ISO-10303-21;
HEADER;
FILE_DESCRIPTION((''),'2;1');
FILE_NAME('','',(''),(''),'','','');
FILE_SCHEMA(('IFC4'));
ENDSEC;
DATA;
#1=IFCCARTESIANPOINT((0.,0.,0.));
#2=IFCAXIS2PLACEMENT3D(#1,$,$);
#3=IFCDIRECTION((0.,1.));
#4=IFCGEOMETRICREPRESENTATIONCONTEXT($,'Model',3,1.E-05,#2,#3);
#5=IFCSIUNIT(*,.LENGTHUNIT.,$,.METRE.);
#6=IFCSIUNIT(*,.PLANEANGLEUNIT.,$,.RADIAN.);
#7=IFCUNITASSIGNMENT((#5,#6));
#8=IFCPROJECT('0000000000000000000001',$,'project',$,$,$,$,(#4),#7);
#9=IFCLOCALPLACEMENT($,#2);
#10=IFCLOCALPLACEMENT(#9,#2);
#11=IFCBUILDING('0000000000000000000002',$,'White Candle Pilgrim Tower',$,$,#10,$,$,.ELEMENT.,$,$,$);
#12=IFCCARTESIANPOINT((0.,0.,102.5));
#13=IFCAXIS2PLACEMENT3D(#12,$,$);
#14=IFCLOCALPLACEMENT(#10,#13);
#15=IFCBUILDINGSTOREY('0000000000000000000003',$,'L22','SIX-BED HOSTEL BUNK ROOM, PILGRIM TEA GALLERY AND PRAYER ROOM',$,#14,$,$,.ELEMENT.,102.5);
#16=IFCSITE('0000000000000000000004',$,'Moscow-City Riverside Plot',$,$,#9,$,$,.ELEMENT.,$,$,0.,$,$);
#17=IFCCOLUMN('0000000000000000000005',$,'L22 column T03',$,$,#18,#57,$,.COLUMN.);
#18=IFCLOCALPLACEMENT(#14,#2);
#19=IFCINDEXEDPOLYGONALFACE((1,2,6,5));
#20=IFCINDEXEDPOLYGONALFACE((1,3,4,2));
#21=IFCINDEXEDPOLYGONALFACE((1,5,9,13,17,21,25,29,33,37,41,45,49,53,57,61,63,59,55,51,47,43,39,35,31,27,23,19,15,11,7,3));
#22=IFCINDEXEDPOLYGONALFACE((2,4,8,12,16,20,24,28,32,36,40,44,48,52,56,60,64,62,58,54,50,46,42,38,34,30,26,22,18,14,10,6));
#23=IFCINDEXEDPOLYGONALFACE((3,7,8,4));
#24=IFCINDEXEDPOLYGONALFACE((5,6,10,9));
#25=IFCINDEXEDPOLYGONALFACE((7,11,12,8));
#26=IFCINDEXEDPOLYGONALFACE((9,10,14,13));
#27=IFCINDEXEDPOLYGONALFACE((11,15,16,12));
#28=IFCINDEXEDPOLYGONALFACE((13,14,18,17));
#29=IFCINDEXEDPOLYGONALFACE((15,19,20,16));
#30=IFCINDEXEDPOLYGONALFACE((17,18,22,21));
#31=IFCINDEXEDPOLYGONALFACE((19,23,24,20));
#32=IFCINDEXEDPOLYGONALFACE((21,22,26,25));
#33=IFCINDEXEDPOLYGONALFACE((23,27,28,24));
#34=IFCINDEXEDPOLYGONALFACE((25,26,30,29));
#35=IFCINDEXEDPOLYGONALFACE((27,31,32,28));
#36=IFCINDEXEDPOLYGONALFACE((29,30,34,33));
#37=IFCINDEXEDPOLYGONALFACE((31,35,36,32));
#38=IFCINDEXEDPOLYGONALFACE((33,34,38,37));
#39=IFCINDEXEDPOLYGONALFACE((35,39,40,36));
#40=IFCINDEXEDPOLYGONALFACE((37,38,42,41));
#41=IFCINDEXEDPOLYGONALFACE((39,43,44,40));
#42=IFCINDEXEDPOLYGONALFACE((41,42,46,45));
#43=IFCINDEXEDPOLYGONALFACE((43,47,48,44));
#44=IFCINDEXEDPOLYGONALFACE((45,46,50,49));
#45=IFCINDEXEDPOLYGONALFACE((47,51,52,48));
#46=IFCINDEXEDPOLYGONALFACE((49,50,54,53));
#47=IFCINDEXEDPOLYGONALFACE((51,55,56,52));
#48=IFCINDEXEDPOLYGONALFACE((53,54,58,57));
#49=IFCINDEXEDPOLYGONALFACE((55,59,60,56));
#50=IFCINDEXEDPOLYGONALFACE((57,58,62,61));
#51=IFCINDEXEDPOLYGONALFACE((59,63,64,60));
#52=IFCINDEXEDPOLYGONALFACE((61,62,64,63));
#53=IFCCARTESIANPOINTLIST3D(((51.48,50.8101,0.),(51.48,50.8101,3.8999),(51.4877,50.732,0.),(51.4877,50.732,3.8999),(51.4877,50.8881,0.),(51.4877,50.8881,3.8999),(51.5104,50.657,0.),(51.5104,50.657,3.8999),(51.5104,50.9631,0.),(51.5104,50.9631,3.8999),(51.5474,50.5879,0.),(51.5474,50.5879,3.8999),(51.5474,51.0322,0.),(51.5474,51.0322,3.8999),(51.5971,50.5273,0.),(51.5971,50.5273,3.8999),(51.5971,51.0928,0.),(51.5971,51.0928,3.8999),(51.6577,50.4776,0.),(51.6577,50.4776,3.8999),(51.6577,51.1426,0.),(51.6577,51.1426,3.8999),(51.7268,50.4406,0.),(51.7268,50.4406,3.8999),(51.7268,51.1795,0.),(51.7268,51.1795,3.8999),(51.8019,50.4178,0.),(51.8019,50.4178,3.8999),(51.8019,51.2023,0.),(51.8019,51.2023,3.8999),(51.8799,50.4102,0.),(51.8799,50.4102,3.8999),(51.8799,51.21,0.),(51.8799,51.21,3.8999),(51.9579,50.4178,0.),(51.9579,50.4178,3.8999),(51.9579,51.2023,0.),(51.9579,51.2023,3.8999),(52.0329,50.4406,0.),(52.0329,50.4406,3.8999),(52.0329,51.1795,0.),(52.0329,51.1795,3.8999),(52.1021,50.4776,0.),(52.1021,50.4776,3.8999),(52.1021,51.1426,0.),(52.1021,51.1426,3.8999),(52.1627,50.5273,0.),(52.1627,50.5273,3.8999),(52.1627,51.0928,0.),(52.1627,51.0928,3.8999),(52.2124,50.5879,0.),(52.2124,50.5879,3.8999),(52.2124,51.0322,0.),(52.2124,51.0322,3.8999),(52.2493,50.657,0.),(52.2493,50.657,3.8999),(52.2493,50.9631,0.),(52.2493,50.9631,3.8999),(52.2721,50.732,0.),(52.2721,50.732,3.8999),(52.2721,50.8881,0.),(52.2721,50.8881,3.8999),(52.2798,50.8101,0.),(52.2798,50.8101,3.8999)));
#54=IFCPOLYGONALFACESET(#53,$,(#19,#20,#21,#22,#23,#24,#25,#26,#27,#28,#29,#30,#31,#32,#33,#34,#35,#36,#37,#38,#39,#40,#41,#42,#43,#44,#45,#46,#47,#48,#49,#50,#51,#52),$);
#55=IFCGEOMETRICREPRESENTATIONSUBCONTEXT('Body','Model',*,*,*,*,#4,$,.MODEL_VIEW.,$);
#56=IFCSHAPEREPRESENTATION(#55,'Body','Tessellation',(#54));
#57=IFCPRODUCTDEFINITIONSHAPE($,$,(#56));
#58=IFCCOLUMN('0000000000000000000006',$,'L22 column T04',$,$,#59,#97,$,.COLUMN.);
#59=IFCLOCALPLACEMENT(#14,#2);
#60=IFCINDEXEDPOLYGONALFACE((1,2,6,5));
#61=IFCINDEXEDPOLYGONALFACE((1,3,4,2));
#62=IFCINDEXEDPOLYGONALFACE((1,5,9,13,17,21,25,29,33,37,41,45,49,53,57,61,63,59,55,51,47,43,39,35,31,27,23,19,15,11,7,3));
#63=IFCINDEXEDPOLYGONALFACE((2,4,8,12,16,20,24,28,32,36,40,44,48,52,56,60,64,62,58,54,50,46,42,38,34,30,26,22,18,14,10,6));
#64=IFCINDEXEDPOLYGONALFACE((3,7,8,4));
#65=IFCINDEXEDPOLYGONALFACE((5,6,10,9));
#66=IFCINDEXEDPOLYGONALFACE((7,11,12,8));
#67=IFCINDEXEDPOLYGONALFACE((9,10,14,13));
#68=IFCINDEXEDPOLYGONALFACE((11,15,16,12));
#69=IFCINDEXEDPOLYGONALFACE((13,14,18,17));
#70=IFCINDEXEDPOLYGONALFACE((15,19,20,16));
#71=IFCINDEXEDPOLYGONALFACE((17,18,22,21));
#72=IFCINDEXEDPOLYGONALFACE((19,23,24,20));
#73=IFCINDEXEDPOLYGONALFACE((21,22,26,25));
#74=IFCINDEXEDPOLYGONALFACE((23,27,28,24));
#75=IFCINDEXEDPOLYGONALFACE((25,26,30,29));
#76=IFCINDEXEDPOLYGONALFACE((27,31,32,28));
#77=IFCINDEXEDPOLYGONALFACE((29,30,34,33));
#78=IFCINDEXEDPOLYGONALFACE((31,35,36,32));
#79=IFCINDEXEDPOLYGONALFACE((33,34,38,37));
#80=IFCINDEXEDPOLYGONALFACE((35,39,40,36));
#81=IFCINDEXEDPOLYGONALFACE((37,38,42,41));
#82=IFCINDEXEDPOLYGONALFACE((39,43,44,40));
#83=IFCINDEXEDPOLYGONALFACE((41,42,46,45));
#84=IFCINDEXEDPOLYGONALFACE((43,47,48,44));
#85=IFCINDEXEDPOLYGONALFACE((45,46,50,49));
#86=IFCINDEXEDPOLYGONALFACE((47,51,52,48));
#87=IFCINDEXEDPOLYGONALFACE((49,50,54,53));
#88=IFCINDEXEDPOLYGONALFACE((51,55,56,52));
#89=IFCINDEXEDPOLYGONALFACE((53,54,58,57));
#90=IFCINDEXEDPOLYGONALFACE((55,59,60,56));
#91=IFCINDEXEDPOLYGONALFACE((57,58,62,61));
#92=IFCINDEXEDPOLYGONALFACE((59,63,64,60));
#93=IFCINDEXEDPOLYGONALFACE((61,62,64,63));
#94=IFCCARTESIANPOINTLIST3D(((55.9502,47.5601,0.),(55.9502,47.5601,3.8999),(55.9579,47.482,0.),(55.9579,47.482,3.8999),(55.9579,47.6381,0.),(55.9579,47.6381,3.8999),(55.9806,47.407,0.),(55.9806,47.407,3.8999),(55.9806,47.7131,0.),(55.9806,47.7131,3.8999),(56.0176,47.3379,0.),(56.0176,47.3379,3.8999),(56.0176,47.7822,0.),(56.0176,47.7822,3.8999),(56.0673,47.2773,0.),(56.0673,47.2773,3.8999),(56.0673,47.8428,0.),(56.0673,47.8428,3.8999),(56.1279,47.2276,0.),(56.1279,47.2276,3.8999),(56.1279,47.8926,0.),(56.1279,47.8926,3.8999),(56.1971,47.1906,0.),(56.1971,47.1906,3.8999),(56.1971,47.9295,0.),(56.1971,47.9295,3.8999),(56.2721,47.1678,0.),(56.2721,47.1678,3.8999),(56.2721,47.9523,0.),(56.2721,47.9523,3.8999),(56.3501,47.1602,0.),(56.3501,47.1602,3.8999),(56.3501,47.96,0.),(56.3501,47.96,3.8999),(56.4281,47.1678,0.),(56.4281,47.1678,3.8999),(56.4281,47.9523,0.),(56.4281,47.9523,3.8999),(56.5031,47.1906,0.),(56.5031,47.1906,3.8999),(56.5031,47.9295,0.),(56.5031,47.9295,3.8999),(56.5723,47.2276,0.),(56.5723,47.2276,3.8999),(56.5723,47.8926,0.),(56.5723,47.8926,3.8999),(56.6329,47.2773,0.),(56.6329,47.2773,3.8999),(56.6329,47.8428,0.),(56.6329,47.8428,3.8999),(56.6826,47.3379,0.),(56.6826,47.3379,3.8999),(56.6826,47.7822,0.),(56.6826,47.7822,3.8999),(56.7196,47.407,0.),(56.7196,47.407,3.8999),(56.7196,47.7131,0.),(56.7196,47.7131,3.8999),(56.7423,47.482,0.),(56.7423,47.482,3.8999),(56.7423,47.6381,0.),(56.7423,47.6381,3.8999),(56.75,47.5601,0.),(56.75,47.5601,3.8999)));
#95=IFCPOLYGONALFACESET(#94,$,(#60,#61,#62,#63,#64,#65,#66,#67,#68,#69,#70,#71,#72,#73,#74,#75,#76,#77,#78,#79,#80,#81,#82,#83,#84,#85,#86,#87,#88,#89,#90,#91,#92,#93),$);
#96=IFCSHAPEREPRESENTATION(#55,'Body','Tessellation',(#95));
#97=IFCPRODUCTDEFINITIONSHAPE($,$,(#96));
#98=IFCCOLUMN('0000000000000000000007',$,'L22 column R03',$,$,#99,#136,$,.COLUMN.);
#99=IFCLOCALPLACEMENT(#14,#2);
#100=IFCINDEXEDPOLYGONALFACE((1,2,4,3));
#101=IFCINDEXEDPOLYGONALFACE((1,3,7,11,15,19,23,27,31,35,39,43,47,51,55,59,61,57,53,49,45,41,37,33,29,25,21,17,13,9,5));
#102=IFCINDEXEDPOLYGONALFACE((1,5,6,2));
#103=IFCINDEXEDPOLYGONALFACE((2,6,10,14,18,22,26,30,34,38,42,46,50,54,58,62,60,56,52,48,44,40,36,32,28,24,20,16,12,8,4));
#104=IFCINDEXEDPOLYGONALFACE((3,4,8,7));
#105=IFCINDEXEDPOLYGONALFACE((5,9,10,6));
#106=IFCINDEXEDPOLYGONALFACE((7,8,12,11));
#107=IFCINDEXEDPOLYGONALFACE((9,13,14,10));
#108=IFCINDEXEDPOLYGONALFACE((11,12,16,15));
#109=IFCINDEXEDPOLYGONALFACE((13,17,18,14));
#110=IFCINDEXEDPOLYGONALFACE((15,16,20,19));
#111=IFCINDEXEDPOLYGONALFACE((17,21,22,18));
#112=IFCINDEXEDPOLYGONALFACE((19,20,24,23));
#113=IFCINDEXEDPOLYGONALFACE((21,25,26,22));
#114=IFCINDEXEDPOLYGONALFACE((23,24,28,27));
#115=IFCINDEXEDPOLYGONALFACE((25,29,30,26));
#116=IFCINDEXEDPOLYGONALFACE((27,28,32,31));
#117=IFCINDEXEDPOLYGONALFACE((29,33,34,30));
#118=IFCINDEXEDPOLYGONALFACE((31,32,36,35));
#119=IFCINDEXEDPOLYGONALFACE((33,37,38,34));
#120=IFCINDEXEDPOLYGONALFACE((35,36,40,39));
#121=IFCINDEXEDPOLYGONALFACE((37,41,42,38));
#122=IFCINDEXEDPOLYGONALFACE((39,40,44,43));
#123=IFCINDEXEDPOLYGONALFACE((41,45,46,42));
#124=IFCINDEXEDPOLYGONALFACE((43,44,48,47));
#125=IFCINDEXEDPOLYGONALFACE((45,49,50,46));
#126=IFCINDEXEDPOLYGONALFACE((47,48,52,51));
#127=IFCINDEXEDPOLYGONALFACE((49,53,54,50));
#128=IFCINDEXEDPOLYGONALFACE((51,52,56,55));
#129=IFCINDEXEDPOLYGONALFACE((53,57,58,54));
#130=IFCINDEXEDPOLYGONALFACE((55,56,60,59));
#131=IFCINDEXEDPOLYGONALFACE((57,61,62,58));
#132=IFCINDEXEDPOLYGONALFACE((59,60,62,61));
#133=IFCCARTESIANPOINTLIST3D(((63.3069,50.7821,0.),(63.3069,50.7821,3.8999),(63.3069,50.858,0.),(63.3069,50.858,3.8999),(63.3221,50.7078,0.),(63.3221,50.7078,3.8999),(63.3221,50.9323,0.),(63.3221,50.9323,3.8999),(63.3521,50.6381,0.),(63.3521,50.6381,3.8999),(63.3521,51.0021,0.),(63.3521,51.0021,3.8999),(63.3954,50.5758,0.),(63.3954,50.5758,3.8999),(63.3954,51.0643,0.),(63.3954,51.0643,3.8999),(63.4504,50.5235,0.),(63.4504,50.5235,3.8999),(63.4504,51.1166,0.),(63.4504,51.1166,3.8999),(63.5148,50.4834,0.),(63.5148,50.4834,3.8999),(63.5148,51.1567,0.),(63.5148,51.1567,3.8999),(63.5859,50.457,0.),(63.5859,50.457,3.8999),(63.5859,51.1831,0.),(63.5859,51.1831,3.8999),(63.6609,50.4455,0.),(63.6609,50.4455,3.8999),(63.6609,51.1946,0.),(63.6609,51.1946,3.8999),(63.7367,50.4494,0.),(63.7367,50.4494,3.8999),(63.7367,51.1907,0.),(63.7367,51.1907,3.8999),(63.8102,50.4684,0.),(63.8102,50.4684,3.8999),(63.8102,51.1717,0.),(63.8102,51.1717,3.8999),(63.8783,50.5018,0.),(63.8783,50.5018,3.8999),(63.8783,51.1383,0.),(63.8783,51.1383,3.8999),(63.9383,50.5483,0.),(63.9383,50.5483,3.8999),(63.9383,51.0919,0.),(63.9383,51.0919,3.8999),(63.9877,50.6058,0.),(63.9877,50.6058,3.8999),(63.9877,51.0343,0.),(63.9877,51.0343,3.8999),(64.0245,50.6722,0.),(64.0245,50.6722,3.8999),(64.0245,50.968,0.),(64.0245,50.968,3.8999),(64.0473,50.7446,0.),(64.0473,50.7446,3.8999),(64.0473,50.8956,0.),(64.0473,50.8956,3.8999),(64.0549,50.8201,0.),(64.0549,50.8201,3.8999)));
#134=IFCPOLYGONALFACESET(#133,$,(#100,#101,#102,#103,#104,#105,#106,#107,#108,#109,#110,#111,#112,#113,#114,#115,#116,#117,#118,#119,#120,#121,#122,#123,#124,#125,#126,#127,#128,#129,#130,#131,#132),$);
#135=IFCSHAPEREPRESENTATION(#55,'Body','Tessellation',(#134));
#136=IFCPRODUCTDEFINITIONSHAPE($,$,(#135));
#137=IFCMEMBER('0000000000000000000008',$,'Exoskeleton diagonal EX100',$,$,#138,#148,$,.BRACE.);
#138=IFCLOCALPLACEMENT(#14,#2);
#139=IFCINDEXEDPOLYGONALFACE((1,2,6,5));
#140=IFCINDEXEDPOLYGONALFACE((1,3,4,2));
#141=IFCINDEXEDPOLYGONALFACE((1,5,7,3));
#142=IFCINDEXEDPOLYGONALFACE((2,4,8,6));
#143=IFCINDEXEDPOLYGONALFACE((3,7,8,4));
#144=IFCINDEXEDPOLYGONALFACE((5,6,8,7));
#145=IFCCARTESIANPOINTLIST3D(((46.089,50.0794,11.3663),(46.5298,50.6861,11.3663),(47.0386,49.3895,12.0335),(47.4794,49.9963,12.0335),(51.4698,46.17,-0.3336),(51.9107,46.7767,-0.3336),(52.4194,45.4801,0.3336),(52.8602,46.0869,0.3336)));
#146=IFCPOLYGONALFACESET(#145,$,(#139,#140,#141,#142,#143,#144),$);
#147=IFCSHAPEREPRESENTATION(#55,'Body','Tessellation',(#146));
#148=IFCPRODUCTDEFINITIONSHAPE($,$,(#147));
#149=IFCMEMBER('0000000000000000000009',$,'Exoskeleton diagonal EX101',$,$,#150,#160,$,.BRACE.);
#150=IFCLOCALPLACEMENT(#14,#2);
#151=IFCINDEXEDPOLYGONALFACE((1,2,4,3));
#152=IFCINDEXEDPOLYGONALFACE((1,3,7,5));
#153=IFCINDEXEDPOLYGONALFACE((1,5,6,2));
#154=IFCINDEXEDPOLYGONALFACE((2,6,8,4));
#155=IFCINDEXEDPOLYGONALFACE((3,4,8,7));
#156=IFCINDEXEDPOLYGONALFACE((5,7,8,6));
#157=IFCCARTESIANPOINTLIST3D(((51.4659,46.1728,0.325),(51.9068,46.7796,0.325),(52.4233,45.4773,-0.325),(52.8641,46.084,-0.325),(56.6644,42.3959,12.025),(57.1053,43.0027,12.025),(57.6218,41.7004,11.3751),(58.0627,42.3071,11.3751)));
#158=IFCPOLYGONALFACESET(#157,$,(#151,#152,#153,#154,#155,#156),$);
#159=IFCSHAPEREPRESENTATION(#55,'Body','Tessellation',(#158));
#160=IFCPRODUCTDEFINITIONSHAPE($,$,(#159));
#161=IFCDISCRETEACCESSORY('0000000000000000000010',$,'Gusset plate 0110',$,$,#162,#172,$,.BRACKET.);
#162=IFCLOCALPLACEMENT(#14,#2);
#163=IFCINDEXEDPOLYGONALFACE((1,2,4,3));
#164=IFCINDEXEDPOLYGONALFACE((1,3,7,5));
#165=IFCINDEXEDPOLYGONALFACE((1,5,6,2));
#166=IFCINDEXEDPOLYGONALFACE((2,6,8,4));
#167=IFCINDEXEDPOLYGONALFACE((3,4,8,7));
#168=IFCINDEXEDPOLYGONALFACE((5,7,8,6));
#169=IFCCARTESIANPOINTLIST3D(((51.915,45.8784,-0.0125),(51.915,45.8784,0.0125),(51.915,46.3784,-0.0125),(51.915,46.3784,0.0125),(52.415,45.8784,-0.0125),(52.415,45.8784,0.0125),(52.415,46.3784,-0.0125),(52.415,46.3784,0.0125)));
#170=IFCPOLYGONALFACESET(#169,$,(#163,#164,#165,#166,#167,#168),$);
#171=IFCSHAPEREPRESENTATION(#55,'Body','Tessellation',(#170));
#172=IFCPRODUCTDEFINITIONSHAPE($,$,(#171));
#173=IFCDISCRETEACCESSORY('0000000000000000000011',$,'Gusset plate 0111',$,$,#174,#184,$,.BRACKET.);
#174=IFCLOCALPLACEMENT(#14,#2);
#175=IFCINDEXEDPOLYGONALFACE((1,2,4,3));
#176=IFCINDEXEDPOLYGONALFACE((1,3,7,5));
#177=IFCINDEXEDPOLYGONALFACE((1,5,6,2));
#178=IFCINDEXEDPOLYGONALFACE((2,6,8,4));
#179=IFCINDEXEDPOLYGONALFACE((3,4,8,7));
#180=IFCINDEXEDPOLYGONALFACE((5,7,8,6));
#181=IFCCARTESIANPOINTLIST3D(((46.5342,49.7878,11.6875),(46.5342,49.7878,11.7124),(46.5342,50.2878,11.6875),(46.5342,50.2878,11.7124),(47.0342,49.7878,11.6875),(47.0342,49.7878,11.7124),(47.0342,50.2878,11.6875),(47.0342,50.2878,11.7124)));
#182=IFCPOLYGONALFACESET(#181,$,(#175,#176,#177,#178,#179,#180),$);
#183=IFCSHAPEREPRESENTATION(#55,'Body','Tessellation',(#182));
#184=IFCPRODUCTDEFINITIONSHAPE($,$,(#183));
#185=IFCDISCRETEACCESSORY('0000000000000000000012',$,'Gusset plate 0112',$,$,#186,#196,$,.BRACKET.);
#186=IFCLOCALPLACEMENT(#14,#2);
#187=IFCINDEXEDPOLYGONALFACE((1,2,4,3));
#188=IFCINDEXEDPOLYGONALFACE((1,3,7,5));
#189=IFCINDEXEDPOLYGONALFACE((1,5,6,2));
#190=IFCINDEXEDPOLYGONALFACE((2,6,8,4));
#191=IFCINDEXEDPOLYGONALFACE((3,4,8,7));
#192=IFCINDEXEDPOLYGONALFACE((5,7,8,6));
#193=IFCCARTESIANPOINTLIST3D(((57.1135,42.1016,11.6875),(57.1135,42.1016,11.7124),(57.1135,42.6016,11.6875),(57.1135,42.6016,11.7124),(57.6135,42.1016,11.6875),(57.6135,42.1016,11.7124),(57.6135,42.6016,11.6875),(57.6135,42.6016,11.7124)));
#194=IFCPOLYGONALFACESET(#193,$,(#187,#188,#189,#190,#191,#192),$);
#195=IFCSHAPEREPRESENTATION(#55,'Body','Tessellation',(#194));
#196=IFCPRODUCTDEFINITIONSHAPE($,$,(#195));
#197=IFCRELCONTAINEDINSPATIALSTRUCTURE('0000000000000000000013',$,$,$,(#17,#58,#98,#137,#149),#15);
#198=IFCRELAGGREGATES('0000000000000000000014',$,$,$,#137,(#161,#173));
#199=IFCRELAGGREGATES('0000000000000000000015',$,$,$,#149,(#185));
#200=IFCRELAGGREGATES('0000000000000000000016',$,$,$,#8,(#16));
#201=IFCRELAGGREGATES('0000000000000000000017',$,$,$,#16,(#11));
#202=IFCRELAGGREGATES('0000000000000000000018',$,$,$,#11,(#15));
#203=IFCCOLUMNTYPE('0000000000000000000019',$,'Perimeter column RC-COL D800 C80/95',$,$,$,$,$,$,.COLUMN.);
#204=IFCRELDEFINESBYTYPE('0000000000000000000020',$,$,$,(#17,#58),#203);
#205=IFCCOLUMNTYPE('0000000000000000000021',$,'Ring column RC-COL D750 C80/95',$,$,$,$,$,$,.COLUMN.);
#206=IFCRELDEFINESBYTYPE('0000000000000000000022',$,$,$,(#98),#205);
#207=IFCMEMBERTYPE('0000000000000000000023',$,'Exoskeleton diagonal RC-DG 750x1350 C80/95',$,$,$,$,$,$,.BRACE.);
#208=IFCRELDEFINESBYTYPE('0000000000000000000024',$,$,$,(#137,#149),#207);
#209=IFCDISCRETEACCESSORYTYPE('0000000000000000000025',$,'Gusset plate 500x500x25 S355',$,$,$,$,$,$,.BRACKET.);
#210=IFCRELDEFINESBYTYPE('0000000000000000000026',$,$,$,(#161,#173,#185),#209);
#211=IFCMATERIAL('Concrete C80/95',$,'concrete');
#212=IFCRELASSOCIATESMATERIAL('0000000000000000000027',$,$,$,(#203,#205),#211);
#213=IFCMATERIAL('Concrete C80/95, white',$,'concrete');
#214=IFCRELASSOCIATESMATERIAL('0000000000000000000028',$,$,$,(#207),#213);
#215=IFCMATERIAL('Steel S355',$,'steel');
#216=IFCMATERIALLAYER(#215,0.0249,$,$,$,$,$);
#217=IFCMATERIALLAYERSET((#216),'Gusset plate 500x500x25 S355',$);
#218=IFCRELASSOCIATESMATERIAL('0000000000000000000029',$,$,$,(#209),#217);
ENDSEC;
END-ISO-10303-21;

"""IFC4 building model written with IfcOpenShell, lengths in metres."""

from ifc_helpers import new_model, si_unit, direction, frame, origin, origin_2d, place, context, subcontext, project, spatial, rectangle, circle, extrude, material, layer, layer_set, material_profile, profile_set, type_object, element, aggregate, save


model = new_model("IFC4")

# Units and contexts
model_context = context("Model", 3, precision=1e-05, world=origin(), true_north=direction((0.0, 1.0)))
body_context = subcontext(model_context, "Body", "Model", "MODEL_VIEW")
ifc_project = project(units=[si_unit("LENGTHUNIT", "METRE"), si_unit("PLANEANGLEUNIT", "RADIAN")], contexts=[model_context])

# Site, building, storey
site_placement = place(None, origin())
site = spatial("IfcSite", under=ifc_project, at=site_placement, Name="Moscow-City Riverside Plot", CompositionType="ELEMENT", RefElevation=0.0)
building_placement = place(site_placement, origin())
building = spatial("IfcBuilding", under=site, at=building_placement, Name="White Candle Pilgrim Tower", CompositionType="ELEMENT")
storey_placement = place(building_placement, frame((0.0, 0.0, 102.5)))
storey = spatial("IfcBuildingStorey", under=building, at=storey_placement, Name="L22", Description="SIX-BED HOSTEL BUNK ROOM, PILGRIM TEA GALLERY AND PRAYER ROOM", CompositionType="ELEMENT", Elevation=102.5)

# Columns
ifc_material_1 = material(Name="Concrete C80/95", Category="concrete")
ifc_material_profile_1 = material_profile(ifc_material_1, circle(Radius=0.3999, at=origin_2d()), Name="RC-COL D800")
ifc_profile_set_1 = profile_set([ifc_material_profile_1], Name="Concrete C80/95")
column_type_1 = type_object("IfcColumnType", Name="Perimeter column RC-COL D800 C80/95", PredefinedType="COLUMN", material=ifc_profile_set_1)
for number, where, z_axis, x_axis, name in (
    (1, (51.8799, 50.8101, 0.0), (0.0, 0.0, 1.0), (1.0, 0.0, 0.0), "L22 column T03"),
    (2, (56.3501, 47.5601, 0.0), (0.0, 0.0, 1.0), (1.0, 0.0, 0.0), "L22 column T04"),
):
    element("IfcColumn", number, at=place(storey_placement, frame(where, z_axis=z_axis, x_axis=x_axis)), inside=storey, type_object=column_type_1, Name=name, PredefinedType="COLUMN", context=body_context, shape_type="SweptSolid", body=[
        extrude(circle(Radius=0.3999, at=origin_2d()), origin(), (0.0, 0.0, 1.0), 3.8999),
    ])
ifc_material_profile_2 = material_profile(ifc_material_1, circle(Radius=0.375, at=origin_2d()), Name="RC-COL D750")
ifc_profile_set_2 = profile_set([ifc_material_profile_2], Name="Concrete C80/95")
column_type_2 = type_object("IfcColumnType", Name="Ring column RC-COL D750 C80/95", PredefinedType="COLUMN", material=ifc_profile_set_2)
column_placement = place(storey_placement, frame((63.6799, 50.8201, 0.0), z_axis=(0.0, 0.0, 1.0), x_axis=(1.0, 0.0, 0.0)))
element("IfcColumn", 3, at=column_placement, inside=storey, type_object=column_type_2, Name="L22 column R03", PredefinedType="COLUMN", context=body_context, shape_type="SweptSolid", body=[
    extrude(circle(Radius=0.375, at=origin_2d()), origin(), (0.0, 0.0, 1.0), 3.8999),
])

# Members
ifc_material_2 = material(Name="Concrete C80/95, white", Category="concrete")
ifc_material_profile_3 = material_profile(ifc_material_2, rectangle(XDim=0.75, YDim=1.3501, at=origin_2d()), Name="RC-DG 750x1350")
ifc_profile_set_3 = profile_set([ifc_material_profile_3], Name="Concrete C80/95, white")
member_type_1 = type_object("IfcMemberType", Name="Exoskeleton diagonal RC-DG 750x1350 C80/95", PredefinedType="BRACE", material=ifc_profile_set_3)
member_1_placement = place(storey_placement, frame((52.165, 46.1284, 0.0), z_axis=(-0.399817, 0.290484, 0.869348), x_axis=(-0.587785, -0.809017, 0.0)))
member_1 = element("IfcMember", 4, at=member_1_placement, inside=storey, type_object=member_type_1, Name="Exoskeleton diagonal EX100", PredefinedType="BRACE", context=body_context, shape_type="SweptSolid", body=[
    extrude(rectangle(XDim=0.75, YDim=1.3501, at=origin_2d()), origin(), (0.0, 0.0, 1.0), 13.4583),
])
member_2_placement = place(storey_placement, frame((52.165, 46.1284, 0.0), z_axis=(0.389449, -0.282946, 0.876511), x_axis=(0.587779, 0.809022, 0.0)))
member_2 = element("IfcMember", 5, at=member_2_placement, inside=storey, type_object=member_type_1, Name="Exoskeleton diagonal EX101", PredefinedType="BRACE", context=body_context, shape_type="SweptSolid", body=[
    extrude(rectangle(XDim=0.75, YDim=1.3501, at=origin_2d()), origin(), (0.0, 0.0, 1.0), 13.3484),
])

# Discrete accessories
ifc_material_3 = material(Name="Steel S355", Category="steel")
ifc_layer_1 = layer(ifc_material_3, 0.0249)
ifc_layer_set_1 = layer_set([ifc_layer_1], Name="Gusset plate 500x500x25 S355")
discrete_accessory_type = type_object("IfcDiscreteAccessoryType", Name="Gusset plate 500x500x25 S355", PredefinedType="BRACKET", material=ifc_layer_set_1)
discrete_accessory_1_placement = place(storey_placement, frame((52.165, 46.1284, -0.0125), z_axis=(0.0, 0.0, 1.0), x_axis=(1.0, 0.0, 0.0)))
discrete_accessory_1 = element("IfcDiscreteAccessory", 6, at=discrete_accessory_1_placement, type_object=discrete_accessory_type, Name="Gusset plate 0110", PredefinedType="BRACKET", context=body_context, shape_type="SweptSolid", body=[
    extrude(rectangle(XDim=0.5, YDim=0.5, at=origin_2d()), origin(), (0.0, 0.0, 1.0), 0.0249),
])
placement = place(building_placement, frame((0.0, 0.0, 114.2)))
discrete_accessory_2_placement = place(placement, frame((46.7842, 50.0378, -0.0125), z_axis=(0.0, 0.0, 1.0), x_axis=(1.0, 0.0, 0.0)))
discrete_accessory_2 = element("IfcDiscreteAccessory", 7, at=discrete_accessory_2_placement, type_object=discrete_accessory_type, Name="Gusset plate 0111", PredefinedType="BRACKET", context=body_context, shape_type="SweptSolid", body=[
    extrude(rectangle(XDim=0.5, YDim=0.5, at=origin_2d()), origin(), (0.0, 0.0, 1.0), 0.0249),
])
aggregate(member_1, [discrete_accessory_1, discrete_accessory_2])
discrete_accessory_3_placement = place(placement, frame((57.3635, 42.3516, -0.0125), z_axis=(0.0, 0.0, 1.0), x_axis=(1.0, 0.0, 0.0)))
discrete_accessory_3 = element("IfcDiscreteAccessory", 8, at=discrete_accessory_3_placement, type_object=discrete_accessory_type, Name="Gusset plate 0112", PredefinedType="BRACKET", context=body_context, shape_type="SweptSolid", body=[
    extrude(rectangle(XDim=0.5, YDim=0.5, at=origin_2d()), origin(), (0.0, 0.0, 1.0), 0.0249),
])
aggregate(member_2, [discrete_accessory_3])

save(model, "model.ifc")
